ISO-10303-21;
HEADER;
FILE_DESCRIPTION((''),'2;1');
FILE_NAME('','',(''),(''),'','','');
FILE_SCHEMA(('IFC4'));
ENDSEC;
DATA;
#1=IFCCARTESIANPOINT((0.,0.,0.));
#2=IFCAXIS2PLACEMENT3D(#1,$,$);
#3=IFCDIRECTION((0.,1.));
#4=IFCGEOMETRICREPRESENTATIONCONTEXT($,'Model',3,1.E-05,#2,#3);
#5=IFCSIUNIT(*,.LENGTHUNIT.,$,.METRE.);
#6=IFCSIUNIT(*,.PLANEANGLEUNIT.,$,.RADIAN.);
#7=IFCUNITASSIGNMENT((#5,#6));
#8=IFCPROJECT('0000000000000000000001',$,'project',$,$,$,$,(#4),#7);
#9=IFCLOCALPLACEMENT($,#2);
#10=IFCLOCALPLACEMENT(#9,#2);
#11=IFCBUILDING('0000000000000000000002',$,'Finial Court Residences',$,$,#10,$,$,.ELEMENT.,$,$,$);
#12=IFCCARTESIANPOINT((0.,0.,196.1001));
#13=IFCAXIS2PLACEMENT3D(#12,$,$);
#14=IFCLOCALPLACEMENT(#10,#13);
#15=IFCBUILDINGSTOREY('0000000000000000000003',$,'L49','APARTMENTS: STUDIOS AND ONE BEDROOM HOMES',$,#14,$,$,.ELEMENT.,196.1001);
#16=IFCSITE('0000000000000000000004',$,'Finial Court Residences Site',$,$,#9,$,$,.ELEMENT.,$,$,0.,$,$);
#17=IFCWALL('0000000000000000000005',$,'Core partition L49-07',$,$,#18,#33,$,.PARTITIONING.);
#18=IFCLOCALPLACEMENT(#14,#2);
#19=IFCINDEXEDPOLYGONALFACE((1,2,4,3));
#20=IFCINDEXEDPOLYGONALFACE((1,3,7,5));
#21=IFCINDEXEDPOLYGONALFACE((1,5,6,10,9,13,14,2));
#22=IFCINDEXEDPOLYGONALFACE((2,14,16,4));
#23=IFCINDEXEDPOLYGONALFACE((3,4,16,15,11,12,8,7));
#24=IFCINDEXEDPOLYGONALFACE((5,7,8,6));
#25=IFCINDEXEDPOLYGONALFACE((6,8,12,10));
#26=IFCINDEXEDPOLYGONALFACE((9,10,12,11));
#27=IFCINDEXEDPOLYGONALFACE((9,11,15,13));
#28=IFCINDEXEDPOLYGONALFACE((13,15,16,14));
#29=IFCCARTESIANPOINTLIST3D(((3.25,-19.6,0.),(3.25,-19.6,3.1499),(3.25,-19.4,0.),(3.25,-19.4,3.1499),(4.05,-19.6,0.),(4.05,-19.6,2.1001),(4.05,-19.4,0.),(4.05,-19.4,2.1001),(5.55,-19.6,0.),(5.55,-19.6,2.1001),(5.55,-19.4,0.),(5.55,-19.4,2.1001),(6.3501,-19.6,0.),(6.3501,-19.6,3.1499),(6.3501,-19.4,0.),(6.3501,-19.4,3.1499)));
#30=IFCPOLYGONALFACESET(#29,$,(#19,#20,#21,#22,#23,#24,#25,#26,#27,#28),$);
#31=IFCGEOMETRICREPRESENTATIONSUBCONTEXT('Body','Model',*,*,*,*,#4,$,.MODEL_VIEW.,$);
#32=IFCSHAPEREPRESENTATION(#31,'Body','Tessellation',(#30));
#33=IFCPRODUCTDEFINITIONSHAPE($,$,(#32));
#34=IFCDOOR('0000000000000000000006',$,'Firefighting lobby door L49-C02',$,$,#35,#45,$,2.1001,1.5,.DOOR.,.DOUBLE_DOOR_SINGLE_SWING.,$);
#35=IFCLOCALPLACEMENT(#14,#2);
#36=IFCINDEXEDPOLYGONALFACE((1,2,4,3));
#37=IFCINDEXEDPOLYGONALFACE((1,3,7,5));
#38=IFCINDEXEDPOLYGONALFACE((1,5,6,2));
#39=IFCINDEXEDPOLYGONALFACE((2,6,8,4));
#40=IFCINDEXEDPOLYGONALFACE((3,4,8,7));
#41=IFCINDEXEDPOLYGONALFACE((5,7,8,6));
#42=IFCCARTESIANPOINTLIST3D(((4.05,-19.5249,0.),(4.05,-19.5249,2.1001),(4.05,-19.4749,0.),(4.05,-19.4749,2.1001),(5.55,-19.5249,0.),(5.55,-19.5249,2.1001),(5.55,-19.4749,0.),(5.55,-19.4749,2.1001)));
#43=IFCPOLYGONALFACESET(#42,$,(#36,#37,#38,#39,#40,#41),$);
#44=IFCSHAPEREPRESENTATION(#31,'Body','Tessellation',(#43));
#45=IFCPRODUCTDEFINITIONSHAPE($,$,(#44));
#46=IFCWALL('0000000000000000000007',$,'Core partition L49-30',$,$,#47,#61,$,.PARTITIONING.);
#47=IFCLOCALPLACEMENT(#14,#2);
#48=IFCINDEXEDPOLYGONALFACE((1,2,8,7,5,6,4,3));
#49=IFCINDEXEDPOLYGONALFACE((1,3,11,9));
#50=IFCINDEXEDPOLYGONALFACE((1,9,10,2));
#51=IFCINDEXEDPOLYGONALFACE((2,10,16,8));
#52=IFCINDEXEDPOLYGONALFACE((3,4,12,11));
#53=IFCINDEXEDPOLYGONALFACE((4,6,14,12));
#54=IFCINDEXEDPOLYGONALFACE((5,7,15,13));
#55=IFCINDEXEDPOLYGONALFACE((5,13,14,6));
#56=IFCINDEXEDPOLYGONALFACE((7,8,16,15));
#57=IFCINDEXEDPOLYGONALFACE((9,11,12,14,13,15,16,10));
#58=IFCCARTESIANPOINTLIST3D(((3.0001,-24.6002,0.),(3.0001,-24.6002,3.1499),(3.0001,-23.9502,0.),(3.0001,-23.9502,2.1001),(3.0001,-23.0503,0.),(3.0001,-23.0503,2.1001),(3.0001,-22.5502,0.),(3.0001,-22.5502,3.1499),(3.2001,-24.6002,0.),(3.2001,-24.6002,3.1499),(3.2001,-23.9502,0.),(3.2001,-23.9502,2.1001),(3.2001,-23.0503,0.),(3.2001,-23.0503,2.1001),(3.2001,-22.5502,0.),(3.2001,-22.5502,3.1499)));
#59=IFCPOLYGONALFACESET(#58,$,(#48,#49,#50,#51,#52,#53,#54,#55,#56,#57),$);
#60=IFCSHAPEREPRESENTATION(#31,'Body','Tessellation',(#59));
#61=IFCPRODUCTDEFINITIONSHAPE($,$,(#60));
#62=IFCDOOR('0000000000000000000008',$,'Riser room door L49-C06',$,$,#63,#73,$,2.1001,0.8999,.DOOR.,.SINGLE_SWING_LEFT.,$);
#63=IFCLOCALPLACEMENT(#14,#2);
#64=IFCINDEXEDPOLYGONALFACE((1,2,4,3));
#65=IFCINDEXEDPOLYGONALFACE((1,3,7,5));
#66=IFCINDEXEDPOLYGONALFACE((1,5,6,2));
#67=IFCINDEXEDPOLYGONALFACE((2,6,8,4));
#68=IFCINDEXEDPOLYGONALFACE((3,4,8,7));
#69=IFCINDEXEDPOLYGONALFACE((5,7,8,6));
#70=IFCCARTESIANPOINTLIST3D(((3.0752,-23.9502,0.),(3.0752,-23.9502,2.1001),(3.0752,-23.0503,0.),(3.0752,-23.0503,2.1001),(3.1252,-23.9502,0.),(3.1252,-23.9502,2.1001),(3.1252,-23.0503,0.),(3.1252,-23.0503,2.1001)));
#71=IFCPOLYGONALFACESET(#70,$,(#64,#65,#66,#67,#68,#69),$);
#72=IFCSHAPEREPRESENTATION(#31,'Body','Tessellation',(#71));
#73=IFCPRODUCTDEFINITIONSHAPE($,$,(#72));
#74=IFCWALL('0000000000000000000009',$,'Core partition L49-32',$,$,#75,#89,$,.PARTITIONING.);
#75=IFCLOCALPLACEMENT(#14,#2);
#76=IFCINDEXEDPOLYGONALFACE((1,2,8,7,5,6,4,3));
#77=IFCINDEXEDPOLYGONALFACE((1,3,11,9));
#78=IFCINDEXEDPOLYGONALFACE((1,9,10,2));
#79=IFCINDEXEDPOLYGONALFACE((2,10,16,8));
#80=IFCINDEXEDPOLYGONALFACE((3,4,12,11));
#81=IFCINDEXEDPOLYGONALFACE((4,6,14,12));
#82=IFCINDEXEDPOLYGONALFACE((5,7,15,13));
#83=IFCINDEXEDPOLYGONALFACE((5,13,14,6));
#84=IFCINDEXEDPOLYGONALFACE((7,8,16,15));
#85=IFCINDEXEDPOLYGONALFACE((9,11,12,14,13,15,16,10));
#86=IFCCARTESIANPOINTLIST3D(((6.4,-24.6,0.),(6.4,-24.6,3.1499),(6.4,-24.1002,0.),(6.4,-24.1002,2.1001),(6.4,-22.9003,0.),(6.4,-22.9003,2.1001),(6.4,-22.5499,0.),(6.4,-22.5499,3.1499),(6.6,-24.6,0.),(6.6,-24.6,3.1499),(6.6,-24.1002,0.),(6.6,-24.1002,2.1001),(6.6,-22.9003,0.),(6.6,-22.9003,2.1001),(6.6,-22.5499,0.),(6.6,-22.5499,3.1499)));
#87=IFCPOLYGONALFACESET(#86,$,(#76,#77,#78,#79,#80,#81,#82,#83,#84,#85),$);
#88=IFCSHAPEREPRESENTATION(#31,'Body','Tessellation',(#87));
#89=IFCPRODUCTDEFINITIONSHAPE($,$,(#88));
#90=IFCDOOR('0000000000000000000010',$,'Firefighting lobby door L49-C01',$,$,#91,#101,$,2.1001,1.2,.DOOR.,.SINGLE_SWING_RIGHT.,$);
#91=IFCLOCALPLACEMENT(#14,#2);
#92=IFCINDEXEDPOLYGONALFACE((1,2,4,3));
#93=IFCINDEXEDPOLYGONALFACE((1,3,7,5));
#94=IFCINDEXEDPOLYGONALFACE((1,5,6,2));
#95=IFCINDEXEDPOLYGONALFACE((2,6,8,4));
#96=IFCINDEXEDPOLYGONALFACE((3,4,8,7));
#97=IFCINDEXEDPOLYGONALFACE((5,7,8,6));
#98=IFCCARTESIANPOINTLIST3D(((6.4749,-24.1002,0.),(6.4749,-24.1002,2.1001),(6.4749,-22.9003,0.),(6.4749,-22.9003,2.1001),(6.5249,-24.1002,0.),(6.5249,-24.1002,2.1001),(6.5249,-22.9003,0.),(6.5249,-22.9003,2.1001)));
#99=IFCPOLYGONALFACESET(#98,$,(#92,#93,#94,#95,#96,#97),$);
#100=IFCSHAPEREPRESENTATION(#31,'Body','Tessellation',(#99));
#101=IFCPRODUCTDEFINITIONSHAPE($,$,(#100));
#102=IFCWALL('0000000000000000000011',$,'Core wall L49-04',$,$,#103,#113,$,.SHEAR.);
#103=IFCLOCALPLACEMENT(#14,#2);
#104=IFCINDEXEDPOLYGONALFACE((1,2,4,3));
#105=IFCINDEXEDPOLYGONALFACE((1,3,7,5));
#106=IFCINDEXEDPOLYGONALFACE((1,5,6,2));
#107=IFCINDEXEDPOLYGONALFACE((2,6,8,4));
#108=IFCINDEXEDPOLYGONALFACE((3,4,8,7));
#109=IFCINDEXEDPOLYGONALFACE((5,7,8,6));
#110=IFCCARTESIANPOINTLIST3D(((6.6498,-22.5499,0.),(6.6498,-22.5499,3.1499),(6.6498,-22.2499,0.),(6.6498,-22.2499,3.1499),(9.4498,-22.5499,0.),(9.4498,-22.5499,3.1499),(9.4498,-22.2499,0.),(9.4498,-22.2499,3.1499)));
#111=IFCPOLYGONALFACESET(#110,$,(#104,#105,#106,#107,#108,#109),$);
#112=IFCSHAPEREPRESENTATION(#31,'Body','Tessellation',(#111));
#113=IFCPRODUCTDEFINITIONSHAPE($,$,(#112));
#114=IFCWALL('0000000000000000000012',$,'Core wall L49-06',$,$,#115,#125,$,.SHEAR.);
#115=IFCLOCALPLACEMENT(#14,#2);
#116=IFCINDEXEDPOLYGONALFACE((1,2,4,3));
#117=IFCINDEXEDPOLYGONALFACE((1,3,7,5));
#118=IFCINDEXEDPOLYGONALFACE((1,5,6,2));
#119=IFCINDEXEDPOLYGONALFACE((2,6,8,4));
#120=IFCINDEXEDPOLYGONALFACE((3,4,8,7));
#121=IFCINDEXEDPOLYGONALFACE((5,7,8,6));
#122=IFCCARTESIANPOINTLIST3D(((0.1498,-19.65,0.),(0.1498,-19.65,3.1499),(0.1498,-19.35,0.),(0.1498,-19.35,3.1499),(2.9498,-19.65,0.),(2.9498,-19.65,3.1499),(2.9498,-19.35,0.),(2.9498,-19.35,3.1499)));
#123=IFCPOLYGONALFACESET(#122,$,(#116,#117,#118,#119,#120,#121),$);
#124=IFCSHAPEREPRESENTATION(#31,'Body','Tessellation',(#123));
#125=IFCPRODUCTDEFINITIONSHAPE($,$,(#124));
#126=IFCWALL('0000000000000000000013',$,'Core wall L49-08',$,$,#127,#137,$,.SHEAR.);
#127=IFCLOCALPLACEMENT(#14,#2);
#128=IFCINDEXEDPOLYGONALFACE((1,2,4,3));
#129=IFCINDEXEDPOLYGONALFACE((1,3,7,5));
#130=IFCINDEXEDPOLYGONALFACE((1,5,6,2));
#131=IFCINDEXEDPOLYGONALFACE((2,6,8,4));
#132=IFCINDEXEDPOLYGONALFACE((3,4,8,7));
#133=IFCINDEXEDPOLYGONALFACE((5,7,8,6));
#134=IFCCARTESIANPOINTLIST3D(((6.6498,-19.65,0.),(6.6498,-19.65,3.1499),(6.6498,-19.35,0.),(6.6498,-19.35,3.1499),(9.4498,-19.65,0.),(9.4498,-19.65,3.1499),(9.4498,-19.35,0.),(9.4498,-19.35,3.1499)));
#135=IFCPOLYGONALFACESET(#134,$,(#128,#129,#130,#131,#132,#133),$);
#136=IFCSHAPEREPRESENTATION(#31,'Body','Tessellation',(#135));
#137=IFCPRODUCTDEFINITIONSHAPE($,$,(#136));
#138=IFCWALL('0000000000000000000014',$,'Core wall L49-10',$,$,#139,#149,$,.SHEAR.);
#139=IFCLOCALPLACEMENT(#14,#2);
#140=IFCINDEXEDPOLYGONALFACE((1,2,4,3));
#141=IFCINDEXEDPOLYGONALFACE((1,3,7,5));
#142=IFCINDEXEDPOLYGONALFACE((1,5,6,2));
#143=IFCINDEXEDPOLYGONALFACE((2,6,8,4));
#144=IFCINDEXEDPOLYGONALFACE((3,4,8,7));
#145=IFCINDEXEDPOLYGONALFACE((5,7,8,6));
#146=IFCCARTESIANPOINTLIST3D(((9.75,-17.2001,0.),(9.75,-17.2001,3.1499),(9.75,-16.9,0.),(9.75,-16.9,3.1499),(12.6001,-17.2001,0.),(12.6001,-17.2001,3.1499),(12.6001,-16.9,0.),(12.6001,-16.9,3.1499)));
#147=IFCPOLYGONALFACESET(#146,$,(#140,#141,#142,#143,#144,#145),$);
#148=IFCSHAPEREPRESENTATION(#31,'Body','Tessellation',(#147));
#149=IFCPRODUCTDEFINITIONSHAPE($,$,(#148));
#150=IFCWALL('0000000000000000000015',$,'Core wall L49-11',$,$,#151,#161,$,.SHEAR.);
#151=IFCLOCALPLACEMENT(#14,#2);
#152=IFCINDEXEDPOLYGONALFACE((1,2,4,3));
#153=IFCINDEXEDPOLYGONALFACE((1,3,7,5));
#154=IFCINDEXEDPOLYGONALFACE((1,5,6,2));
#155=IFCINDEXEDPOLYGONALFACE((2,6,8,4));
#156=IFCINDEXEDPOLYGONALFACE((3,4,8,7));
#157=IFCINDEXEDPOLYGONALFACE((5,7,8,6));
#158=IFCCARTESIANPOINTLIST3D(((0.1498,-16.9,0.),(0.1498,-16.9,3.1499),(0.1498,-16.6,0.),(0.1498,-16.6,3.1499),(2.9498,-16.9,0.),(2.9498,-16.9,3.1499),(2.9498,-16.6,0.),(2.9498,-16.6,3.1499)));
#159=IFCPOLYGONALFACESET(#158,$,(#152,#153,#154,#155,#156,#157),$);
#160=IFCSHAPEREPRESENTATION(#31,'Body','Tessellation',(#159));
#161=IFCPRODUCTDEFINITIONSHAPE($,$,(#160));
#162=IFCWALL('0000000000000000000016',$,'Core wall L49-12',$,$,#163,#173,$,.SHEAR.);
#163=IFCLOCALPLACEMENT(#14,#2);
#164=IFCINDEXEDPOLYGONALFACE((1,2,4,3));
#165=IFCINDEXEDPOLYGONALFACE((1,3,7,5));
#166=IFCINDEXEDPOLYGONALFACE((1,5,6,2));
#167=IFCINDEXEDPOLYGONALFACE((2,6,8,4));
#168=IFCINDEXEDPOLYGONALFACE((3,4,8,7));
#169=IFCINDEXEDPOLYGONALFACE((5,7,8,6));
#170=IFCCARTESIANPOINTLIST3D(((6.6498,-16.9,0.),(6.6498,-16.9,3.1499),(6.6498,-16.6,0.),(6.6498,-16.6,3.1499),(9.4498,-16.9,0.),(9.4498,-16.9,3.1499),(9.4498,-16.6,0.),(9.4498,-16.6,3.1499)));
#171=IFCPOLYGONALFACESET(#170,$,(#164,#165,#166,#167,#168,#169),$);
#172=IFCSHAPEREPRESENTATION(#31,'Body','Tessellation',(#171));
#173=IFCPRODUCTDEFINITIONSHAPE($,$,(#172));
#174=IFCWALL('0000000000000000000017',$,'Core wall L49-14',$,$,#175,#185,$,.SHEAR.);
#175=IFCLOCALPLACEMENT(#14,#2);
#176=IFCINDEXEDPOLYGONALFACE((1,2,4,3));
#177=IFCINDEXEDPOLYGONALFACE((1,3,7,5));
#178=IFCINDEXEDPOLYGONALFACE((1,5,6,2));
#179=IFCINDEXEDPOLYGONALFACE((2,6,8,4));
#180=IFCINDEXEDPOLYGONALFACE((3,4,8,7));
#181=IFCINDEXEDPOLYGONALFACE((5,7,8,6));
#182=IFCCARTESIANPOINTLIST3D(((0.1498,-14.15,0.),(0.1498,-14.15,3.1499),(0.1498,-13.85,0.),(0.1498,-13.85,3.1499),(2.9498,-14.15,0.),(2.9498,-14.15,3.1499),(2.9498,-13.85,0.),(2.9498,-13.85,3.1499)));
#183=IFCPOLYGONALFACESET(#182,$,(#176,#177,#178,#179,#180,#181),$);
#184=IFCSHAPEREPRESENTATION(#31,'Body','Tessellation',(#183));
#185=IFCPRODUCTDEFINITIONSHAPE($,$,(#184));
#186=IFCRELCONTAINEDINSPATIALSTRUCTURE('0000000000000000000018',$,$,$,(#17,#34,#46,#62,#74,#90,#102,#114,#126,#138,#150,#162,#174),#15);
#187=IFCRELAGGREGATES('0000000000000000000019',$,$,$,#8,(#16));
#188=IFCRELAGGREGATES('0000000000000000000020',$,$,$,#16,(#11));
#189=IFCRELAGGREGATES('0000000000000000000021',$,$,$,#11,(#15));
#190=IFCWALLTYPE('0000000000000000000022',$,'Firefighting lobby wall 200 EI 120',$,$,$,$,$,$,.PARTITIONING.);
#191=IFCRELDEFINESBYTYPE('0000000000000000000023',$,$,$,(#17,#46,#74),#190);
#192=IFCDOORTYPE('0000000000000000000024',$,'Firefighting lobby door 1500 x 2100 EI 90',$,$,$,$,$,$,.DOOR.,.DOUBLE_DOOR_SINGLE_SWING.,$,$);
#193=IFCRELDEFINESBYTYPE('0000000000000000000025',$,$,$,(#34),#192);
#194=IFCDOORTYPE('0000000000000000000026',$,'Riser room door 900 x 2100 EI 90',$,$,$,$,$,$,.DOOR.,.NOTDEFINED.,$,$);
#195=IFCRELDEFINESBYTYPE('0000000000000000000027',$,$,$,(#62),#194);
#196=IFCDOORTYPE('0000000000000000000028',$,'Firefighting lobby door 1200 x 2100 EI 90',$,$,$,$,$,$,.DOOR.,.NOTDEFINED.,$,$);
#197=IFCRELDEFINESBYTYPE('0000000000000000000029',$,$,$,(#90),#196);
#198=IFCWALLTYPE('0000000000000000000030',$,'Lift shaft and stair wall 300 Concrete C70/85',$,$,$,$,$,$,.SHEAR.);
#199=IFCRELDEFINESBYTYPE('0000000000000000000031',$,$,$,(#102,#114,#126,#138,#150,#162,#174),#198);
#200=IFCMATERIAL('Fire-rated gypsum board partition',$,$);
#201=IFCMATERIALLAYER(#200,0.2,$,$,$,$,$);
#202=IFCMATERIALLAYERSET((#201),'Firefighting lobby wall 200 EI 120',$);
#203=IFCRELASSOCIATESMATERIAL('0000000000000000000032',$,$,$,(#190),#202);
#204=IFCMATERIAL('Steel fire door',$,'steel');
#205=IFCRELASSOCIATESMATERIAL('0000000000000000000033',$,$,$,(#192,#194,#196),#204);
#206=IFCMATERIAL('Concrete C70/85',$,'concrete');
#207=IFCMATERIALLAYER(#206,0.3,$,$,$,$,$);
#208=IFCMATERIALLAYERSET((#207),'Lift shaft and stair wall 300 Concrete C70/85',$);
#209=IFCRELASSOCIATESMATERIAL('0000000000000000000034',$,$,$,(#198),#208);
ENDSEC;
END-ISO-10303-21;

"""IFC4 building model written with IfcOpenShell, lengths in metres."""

from ifc_helpers import new_model, si_unit, direction, frame, frame_2d, origin, place, context, subcontext, project, spatial, rectangle, extrude, material, layer, layer_set, type_object, element, fill, save


model = new_model("IFC4")

# Units and contexts
model_context = context("Model", 3, precision=1e-05, world=origin(), true_north=direction((0.0, 1.0)))
body_context = subcontext(model_context, "Body", "Model", "MODEL_VIEW")
ifc_project = project(units=[si_unit("LENGTHUNIT", "METRE"), si_unit("PLANEANGLEUNIT", "RADIAN")], contexts=[model_context])

# Site, building, storey
site_placement = place(None, origin())
site = spatial("IfcSite", under=ifc_project, at=site_placement, Name="Finial Court Residences Site", CompositionType="ELEMENT", RefElevation=0.0)
building_placement = place(site_placement, origin())
building = spatial("IfcBuilding", under=site, at=building_placement, Name="Finial Court Residences", CompositionType="ELEMENT")
storey_placement = place(building_placement, frame((0.0, 0.0, 196.1001)))
storey = spatial("IfcBuildingStorey", under=building, at=storey_placement, Name="L49", Description="APARTMENTS: STUDIOS AND ONE BEDROOM HOMES", CompositionType="ELEMENT", Elevation=196.1001)

# Walls, openings, doors
ifc_material_1 = material(Name="Fire-rated gypsum board partition")
ifc_layer_1 = layer(ifc_material_1, 0.2)
ifc_layer_set_1 = layer_set([ifc_layer_1], Name="Firefighting lobby wall 200 EI 120")
wall_type_1 = type_object("IfcWallType", Name="Firefighting lobby wall 200 EI 120", PredefinedType="PARTITIONING", material=ifc_layer_set_1)
wall_1_placement = place(storey_placement, frame((6.3501, -19.5, 0.0), z_axis=(0.0, 0.0, 1.0), x_axis=(-1.0, 0.0, 0.0)))
wall_1 = element("IfcWall", 1, at=wall_1_placement, inside=storey, type_object=wall_type_1, Name="Core partition L49-07", PredefinedType="PARTITIONING", context=body_context, shape_type="SweptSolid", body=[
    extrude(rectangle(XDim=3.1001, YDim=0.2, at=frame_2d((1.55, 0.0))), origin(), (0.0, 0.0, 1.0), 3.1499),
])
opening_1_placement = place(wall_1_placement, frame((0.8, 0.0, 0.0)))
opening_1 = element("IfcOpeningElement", 2, at=opening_1_placement, cuts=wall_1, PredefinedType="OPENING", context=body_context, shape_type="SweptSolid", body=[
    extrude(rectangle(XDim=1.5, YDim=2.1001, at=frame_2d((0.75, 1.05))), frame((0.0, 0.1099, 0.0), z_axis=(0.0, -1.0, 0.0), x_axis=(1.0, 0.0, 0.0)), (0.0, 0.0, 1.0), 0.22),
])
ifc_material_2 = material(Name="Steel fire door", Category="steel")
door_type_1 = type_object("IfcDoorType", Name="Firefighting lobby door 1500 x 2100 EI 90", OperationType="DOUBLE_DOOR_SINGLE_SWING", PredefinedType="DOOR", material=ifc_material_2)
door_1_placement = place(opening_1_placement, origin())
door_1 = element("IfcDoor", 3, at=door_1_placement, inside=storey, type_object=door_type_1, Name="Firefighting lobby door L49-C02", OperationType="DOUBLE_DOOR_SINGLE_SWING", OverallHeight=2.1001, OverallWidth=1.5, PredefinedType="DOOR", context=body_context, shape_type="SweptSolid", body=[
    extrude(rectangle(XDim=1.5, YDim=2.1001, at=frame_2d((0.75, 1.05))), frame((0.0, 0.0249, 0.0), z_axis=(0.0, -1.0, 0.0), x_axis=(1.0, 0.0, 0.0)), (0.0, 0.0, 1.0), 0.05),
])
fill(opening_1, door_1)
wall_2_placement = place(storey_placement, frame((3.1001, -24.6001, 0.0), z_axis=(0.0, 0.0, 1.0), x_axis=(0.0, 1.0, 0.0)))
wall_2 = element("IfcWall", 4, at=wall_2_placement, inside=storey, type_object=wall_type_1, Name="Core partition L49-30", PredefinedType="PARTITIONING", context=body_context, shape_type="SweptSolid", body=[
    extrude(rectangle(XDim=2.05, YDim=0.2, at=frame_2d((1.0249, 0.0))), origin(), (0.0, 0.0, 1.0), 3.1499),
])
opening_2_placement = place(wall_2_placement, frame((0.6499, 0.0, 0.0)))
opening_2 = element("IfcOpeningElement", 5, at=opening_2_placement, cuts=wall_2, PredefinedType="OPENING", context=body_context, shape_type="SweptSolid", body=[
    extrude(rectangle(XDim=0.8999, YDim=2.1001, at=frame_2d((0.45, 1.05))), frame((0.0, 0.1099, 0.0), z_axis=(0.0, -1.0, 0.0), x_axis=(1.0, 0.0, 0.0)), (0.0, 0.0, 1.0), 0.22),
])
door_type_2 = type_object("IfcDoorType", Name="Riser room door 900 x 2100 EI 90", OperationType="NOTDEFINED", PredefinedType="DOOR", material=ifc_material_2)
door_2_placement = place(opening_2_placement, origin())
door_2 = element("IfcDoor", 6, at=door_2_placement, inside=storey, type_object=door_type_2, Name="Riser room door L49-C06", OperationType="SINGLE_SWING_LEFT", OverallHeight=2.1001, OverallWidth=0.8999, PredefinedType="DOOR", context=body_context, shape_type="SweptSolid", body=[
    extrude(rectangle(XDim=0.8999, YDim=2.1001, at=frame_2d((0.45, 1.05))), frame((0.0, 0.0249, 0.0), z_axis=(0.0, -1.0, 0.0), x_axis=(1.0, 0.0, 0.0)), (0.0, 0.0, 1.0), 0.05),
])
fill(opening_2, door_2)
wall_3_placement = place(storey_placement, frame((6.5, -22.55, 0.0), z_axis=(0.0, 0.0, 1.0), x_axis=(0.0, -1.0, 0.0)))
wall_3 = element("IfcWall", 7, at=wall_3_placement, inside=storey, type_object=wall_type_1, Name="Core partition L49-32", PredefinedType="PARTITIONING", context=body_context, shape_type="SweptSolid", body=[
    extrude(rectangle(XDim=2.05, YDim=0.2, at=frame_2d((1.0249, 0.0))), origin(), (0.0, 0.0, 1.0), 3.1499),
])
opening_3_placement = place(wall_3_placement, frame((0.3501, 0.0, 0.0)))
opening_3 = element("IfcOpeningElement", 8, at=opening_3_placement, cuts=wall_3, PredefinedType="OPENING", context=body_context, shape_type="SweptSolid", body=[
    extrude(rectangle(XDim=1.2, YDim=2.1001, at=frame_2d((0.6001, 1.05))), frame((0.0, 0.1099, 0.0), z_axis=(0.0, -1.0, 0.0), x_axis=(1.0, 0.0, 0.0)), (0.0, 0.0, 1.0), 0.22),
])
door_type_3 = type_object("IfcDoorType", Name="Firefighting lobby door 1200 x 2100 EI 90", OperationType="NOTDEFINED", PredefinedType="DOOR", material=ifc_material_2)
door_3_placement = place(opening_3_placement, origin())
door_3 = element("IfcDoor", 9, at=door_3_placement, inside=storey, type_object=door_type_3, Name="Firefighting lobby door L49-C01", OperationType="SINGLE_SWING_RIGHT", OverallHeight=2.1001, OverallWidth=1.2, PredefinedType="DOOR", context=body_context, shape_type="SweptSolid", body=[
    extrude(rectangle(XDim=1.2, YDim=2.1001, at=frame_2d((0.6001, 1.05))), frame((0.0, 0.0249, 0.0), z_axis=(0.0, -1.0, 0.0), x_axis=(1.0, 0.0, 0.0)), (0.0, 0.0, 1.0), 0.05),
])
fill(opening_3, door_3)

# Walls
ifc_material_3 = material(Name="Concrete C70/85", Category="concrete")
ifc_layer_2 = layer(ifc_material_3, 0.3)
ifc_layer_set_2 = layer_set([ifc_layer_2], Name="Lift shaft and stair wall 300 Concrete C70/85")
wall_type_2 = type_object("IfcWallType", Name="Lift shaft and stair wall 300 Concrete C70/85", PredefinedType="SHEAR", material=ifc_layer_set_2)
for number, where, z_axis, x_axis, name in (
    (10, (6.6499, -22.3999, 0.0), (0.0, 0.0, 1.0), (1.0, 0.0, 0.0), "Core wall L49-04"),
    (11, (0.1499, -19.5, 0.0), (0.0, 0.0, 1.0), (1.0, 0.0, 0.0), "Core wall L49-06"),
    (12, (6.6499, -19.5, 0.0), (0.0, 0.0, 1.0), (1.0, 0.0, 0.0), "Core wall L49-08"),
):
    element("IfcWall", number, at=place(storey_placement, frame(where, z_axis=z_axis, x_axis=x_axis)), inside=storey, type_object=wall_type_2, Name=name, PredefinedType="SHEAR", context=body_context, shape_type="SweptSolid", body=[
        extrude(rectangle(XDim=2.8, YDim=0.3, at=frame_2d((1.3999, 0.0))), origin(), (0.0, 0.0, 1.0), 3.1499),
    ])
wall_4_placement = place(storey_placement, frame((9.75, -17.05, 0.0), z_axis=(0.0, 0.0, 1.0), x_axis=(1.0, 0.0, 0.0)))
element("IfcWall", 13, at=wall_4_placement, inside=storey, type_object=wall_type_2, Name="Core wall L49-10", PredefinedType="SHEAR", context=body_context, shape_type="SweptSolid", body=[
    extrude(rectangle(XDim=2.8501, YDim=0.3, at=frame_2d((1.425, 0.0))), origin(), (0.0, 0.0, 1.0), 3.1499),
])
for number, where, z_axis, x_axis, name in (
    (14, (0.1499, -16.75, 0.0), (0.0, 0.0, 1.0), (1.0, 0.0, 0.0), "Core wall L49-11"),
    (15, (6.6499, -16.75, 0.0), (0.0, 0.0, 1.0), (1.0, 0.0, 0.0), "Core wall L49-12"),
    (16, (0.1499, -14.0, 0.0), (0.0, 0.0, 1.0), (1.0, 0.0, 0.0), "Core wall L49-14"),
):
    element("IfcWall", number, at=place(storey_placement, frame(where, z_axis=z_axis, x_axis=x_axis)), inside=storey, type_object=wall_type_2, Name=name, PredefinedType="SHEAR", context=body_context, shape_type="SweptSolid", body=[
        extrude(rectangle(XDim=2.8, YDim=0.3, at=frame_2d((1.3999, 0.0))), origin(), (0.0, 0.0, 1.0), 3.1499),
    ])

save(model, "model.ifc")
